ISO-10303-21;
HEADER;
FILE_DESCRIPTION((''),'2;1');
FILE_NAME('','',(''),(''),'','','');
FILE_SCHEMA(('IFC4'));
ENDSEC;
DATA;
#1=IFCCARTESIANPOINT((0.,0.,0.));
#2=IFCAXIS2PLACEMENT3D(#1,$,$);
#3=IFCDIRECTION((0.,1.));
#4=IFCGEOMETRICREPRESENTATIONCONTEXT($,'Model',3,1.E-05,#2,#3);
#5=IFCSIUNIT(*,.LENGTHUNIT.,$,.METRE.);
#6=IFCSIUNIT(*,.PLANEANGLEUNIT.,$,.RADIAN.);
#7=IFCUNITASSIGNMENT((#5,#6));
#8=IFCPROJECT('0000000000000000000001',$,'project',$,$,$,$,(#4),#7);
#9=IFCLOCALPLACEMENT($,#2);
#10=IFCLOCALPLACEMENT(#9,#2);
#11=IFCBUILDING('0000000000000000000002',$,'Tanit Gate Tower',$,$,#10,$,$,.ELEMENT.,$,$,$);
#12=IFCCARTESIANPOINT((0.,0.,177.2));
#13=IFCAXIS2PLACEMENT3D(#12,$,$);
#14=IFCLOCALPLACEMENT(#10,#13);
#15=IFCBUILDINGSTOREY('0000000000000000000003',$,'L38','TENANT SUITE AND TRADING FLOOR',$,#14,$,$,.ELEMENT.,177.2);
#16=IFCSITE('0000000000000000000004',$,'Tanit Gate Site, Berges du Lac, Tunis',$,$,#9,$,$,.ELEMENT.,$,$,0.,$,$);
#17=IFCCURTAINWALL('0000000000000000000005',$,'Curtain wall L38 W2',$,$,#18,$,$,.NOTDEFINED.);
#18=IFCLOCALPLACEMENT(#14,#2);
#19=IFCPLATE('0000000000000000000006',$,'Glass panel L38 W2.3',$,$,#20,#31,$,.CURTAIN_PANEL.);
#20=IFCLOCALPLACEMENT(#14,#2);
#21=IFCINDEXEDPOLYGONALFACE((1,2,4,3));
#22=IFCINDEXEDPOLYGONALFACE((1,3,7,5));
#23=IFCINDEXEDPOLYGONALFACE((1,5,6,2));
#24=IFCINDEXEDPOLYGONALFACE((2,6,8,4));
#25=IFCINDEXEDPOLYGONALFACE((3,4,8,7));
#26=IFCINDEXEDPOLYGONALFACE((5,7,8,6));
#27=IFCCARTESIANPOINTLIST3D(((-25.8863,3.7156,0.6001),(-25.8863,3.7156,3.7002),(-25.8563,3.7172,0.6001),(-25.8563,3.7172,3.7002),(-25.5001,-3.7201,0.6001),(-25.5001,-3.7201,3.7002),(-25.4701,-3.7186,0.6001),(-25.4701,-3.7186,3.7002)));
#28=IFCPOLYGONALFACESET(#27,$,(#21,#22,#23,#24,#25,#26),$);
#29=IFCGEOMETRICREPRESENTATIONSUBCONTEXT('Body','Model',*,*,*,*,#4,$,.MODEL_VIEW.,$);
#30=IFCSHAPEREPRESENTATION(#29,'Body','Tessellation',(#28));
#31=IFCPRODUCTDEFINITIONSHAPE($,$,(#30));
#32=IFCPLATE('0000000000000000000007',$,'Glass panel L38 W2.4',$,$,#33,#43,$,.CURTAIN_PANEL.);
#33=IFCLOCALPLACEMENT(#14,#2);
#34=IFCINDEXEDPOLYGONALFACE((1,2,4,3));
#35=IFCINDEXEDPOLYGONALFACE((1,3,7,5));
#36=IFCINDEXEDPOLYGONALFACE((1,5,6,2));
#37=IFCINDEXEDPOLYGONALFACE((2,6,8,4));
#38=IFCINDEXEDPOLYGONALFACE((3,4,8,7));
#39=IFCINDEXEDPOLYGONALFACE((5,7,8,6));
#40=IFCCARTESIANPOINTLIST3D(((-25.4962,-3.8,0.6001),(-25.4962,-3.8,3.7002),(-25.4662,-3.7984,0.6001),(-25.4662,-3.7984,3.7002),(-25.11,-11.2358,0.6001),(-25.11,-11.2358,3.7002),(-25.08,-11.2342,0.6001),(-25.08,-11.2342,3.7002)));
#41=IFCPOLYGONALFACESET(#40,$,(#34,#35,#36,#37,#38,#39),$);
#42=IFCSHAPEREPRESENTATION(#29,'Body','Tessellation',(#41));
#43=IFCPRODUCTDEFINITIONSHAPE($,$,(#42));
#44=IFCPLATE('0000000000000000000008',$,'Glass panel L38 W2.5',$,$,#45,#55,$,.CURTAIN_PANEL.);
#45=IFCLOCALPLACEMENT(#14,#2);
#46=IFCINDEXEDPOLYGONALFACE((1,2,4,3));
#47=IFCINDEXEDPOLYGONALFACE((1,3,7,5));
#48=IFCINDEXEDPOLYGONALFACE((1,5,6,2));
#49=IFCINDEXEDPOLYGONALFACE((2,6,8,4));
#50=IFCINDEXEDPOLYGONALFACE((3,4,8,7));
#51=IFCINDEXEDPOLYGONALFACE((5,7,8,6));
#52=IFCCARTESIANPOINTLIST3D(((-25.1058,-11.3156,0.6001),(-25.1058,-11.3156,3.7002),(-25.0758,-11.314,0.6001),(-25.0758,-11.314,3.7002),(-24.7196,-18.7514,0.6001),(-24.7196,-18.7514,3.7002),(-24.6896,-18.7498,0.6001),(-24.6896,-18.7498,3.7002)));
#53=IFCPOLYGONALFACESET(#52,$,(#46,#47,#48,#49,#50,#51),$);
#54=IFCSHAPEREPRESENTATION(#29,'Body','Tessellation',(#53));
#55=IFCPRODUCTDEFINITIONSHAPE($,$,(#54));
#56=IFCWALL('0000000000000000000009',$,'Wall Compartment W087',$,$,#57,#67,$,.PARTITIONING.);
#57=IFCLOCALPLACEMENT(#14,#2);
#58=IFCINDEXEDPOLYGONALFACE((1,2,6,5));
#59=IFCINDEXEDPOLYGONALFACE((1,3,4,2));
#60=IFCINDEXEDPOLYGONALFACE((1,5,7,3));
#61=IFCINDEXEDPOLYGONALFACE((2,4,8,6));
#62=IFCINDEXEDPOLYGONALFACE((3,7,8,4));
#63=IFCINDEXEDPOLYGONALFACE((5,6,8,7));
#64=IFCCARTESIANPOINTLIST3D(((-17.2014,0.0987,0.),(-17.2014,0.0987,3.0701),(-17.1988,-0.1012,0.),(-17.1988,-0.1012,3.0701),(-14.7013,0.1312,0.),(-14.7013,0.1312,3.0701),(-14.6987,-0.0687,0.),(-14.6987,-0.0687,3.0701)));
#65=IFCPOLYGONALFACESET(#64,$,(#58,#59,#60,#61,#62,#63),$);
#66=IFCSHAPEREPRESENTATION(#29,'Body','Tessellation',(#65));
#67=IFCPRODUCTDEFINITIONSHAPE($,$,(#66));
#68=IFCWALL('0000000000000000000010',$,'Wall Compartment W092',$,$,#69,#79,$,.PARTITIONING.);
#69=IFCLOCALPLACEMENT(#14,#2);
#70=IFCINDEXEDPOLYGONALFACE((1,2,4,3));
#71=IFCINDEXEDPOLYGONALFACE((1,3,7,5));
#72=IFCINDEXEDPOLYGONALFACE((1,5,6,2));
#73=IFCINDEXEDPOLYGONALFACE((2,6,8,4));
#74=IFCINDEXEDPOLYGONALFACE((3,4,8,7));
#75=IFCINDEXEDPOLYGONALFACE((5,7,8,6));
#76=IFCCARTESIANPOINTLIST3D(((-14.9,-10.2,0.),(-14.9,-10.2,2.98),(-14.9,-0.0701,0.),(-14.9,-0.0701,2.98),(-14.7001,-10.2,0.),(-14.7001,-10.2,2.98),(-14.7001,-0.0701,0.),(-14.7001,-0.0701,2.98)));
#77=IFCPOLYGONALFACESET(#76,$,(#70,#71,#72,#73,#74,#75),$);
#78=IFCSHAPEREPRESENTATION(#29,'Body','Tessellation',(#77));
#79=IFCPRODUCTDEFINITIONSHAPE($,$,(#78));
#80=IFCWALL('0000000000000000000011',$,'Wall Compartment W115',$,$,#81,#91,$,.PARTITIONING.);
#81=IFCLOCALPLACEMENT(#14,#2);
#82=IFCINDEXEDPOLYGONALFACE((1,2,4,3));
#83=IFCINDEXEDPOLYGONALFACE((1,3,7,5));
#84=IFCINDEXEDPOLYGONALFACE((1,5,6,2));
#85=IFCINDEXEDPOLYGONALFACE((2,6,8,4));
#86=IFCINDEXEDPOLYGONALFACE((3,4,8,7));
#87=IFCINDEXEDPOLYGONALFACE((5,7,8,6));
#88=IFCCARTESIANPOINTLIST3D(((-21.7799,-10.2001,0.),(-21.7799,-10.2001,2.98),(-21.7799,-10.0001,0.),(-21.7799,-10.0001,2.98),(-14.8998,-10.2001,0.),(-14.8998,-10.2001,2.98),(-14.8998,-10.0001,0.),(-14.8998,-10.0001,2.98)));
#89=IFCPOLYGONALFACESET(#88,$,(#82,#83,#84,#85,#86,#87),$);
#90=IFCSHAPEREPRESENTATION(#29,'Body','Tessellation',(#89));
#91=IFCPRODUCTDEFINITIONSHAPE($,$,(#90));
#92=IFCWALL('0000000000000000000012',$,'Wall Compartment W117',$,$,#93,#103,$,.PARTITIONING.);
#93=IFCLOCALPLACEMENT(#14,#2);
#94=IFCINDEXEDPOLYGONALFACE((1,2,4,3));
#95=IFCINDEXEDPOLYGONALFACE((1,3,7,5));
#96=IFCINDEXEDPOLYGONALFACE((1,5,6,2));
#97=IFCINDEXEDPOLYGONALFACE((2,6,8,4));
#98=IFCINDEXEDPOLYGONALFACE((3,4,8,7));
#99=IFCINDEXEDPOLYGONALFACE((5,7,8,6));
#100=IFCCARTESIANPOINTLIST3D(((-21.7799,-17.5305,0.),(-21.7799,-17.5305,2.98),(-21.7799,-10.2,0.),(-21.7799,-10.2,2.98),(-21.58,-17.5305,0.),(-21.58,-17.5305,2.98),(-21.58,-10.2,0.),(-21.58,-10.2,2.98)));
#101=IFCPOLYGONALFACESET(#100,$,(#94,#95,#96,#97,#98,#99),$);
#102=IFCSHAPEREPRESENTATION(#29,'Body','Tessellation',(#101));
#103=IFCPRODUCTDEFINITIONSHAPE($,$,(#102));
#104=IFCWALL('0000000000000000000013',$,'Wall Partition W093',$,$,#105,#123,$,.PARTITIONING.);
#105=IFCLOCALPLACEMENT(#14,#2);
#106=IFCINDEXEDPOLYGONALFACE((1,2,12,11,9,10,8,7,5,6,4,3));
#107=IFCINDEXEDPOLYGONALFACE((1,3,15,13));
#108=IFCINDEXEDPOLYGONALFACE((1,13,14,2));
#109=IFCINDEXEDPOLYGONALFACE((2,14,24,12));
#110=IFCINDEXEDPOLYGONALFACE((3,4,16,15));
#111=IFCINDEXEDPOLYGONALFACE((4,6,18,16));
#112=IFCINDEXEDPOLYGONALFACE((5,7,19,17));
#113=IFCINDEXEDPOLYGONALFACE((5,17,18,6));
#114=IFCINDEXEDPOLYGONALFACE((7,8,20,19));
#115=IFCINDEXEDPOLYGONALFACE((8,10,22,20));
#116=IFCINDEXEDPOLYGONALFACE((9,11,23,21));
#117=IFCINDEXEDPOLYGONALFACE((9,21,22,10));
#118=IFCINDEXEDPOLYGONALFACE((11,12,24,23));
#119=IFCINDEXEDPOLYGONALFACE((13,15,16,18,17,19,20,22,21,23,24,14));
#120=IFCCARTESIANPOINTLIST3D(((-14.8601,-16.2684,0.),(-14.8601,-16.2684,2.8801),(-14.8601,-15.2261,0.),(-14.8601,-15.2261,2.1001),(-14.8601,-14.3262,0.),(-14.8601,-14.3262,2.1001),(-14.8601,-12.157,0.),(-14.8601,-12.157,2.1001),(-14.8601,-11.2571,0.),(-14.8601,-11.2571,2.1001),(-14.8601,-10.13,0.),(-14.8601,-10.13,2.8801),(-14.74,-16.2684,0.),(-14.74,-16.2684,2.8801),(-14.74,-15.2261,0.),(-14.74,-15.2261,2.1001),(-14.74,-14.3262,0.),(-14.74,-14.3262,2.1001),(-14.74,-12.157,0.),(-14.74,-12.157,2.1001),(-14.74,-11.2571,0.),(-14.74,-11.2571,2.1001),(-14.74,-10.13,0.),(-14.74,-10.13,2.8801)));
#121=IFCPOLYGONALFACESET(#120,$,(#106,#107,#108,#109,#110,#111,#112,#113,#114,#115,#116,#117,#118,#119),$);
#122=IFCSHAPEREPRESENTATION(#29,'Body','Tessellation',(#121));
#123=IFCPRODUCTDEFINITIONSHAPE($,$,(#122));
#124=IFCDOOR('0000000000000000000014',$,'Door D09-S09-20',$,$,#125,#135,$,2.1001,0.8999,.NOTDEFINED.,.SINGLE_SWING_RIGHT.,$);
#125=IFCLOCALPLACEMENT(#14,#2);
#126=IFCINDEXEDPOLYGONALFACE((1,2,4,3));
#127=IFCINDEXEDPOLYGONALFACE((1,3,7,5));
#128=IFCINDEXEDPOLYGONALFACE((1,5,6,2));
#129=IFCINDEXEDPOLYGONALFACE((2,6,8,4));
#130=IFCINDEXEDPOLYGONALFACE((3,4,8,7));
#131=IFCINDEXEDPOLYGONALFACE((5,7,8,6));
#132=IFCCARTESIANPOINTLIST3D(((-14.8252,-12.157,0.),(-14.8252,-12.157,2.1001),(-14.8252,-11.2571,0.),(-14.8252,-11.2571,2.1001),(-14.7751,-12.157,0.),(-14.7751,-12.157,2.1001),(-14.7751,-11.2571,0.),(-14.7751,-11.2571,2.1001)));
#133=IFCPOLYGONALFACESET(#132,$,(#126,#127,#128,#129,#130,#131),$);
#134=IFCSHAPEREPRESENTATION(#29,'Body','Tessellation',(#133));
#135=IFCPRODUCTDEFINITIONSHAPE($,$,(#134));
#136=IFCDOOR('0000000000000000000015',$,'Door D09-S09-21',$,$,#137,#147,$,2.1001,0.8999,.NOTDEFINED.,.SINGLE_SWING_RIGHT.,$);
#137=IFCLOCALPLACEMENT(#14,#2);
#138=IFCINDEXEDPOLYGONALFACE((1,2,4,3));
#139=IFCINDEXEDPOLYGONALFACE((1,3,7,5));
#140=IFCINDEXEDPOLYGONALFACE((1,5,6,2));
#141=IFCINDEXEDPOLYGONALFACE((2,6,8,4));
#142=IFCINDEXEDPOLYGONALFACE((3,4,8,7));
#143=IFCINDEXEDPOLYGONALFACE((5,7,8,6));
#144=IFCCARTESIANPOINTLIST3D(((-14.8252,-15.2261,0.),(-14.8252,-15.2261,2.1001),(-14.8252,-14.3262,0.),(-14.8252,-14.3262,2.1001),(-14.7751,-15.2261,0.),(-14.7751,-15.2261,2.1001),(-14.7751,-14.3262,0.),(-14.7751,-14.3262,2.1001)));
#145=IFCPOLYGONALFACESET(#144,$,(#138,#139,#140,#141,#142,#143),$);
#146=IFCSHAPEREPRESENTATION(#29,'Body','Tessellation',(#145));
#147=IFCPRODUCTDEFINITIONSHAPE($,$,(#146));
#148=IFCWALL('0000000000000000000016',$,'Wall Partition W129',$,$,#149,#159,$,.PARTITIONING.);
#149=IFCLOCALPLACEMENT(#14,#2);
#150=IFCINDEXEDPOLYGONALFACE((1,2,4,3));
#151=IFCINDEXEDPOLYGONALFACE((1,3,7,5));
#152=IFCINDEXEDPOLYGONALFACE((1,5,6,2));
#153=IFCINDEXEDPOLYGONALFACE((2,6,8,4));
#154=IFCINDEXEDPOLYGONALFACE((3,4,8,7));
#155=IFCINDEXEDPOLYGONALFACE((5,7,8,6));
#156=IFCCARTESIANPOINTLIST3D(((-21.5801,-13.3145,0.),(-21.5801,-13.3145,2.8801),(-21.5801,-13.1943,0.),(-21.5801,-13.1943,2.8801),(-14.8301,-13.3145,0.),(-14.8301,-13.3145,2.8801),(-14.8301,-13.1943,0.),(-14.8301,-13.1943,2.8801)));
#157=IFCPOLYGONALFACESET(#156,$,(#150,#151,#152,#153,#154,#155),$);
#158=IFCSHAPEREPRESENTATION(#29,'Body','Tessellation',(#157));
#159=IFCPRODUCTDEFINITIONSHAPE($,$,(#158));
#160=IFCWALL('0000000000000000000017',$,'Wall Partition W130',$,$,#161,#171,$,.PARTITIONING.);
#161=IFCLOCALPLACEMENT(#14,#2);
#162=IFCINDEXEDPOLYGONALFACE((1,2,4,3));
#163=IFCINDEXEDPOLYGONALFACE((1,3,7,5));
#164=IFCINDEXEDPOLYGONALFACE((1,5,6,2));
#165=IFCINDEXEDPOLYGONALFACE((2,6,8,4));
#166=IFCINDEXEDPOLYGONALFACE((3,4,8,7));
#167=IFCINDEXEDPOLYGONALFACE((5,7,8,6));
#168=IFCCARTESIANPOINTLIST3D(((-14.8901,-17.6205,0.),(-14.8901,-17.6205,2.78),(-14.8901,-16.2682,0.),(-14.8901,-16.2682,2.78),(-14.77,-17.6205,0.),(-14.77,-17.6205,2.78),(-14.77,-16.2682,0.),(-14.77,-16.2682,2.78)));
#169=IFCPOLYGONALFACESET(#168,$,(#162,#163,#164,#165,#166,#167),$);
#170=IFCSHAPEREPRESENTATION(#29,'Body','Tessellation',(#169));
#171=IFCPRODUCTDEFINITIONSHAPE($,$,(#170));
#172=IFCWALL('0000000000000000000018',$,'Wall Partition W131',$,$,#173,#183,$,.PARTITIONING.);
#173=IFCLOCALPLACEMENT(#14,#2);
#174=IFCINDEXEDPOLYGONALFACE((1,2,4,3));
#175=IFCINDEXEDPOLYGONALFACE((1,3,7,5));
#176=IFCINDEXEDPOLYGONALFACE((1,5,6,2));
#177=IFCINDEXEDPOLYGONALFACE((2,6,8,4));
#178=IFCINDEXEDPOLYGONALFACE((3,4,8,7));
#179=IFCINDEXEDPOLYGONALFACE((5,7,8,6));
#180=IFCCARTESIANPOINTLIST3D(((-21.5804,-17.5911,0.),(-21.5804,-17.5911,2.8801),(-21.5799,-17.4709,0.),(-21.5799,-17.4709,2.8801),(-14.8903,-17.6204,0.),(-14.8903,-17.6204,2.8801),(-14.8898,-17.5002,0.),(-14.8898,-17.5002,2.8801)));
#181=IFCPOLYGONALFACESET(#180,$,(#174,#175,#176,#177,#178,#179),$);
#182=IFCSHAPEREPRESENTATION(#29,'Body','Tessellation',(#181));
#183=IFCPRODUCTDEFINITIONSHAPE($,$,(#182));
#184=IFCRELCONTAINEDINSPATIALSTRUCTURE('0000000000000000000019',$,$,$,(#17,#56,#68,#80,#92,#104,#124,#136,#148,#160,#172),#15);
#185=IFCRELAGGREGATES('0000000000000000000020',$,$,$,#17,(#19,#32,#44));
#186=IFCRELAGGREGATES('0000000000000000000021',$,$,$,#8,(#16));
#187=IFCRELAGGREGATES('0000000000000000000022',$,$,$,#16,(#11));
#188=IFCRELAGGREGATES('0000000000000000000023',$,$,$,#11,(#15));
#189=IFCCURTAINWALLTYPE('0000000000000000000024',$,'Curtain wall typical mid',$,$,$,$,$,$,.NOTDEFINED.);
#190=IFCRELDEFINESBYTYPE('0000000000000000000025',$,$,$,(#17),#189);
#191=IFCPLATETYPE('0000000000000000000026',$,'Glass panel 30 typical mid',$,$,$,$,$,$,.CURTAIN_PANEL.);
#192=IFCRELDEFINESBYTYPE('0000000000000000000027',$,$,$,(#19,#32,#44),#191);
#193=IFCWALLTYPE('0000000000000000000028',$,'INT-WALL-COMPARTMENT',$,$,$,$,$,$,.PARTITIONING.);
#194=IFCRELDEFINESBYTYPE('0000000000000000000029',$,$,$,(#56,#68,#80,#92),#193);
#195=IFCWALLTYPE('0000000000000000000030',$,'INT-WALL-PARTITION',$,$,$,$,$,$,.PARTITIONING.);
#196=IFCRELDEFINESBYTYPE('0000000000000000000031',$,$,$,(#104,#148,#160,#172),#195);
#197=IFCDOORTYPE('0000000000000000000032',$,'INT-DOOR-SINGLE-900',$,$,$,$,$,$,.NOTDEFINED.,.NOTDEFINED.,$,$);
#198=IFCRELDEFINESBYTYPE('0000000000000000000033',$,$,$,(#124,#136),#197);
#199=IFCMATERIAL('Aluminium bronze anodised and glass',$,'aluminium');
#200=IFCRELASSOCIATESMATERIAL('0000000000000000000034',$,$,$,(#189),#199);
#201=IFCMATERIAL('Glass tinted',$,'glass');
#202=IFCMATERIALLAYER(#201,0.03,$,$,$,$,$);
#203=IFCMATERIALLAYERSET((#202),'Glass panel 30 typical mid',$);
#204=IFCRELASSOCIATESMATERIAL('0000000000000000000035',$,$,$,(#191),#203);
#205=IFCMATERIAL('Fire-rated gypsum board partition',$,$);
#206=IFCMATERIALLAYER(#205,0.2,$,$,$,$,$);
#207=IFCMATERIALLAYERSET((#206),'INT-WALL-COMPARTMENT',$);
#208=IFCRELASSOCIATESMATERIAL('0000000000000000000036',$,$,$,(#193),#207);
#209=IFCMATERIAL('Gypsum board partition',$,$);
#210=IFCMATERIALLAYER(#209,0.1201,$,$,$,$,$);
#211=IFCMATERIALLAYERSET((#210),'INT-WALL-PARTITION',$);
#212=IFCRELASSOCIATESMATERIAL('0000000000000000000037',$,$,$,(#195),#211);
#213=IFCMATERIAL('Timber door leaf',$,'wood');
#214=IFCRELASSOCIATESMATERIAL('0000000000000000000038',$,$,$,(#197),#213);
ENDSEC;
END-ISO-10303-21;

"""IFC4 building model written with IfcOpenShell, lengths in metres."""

from ifc_helpers import new_model, si_unit, direction, frame, frame_2d, origin, origin_2d, place, context, subcontext, project, spatial, rectangle, extrude, material, layer, layer_set, type_object, element, fill, aggregate, save


model = new_model("IFC4")

# Units and contexts
model_context = context("Model", 3, precision=1e-05, world=origin(), true_north=direction((0.0, 1.0)))
body_context = subcontext(model_context, "Body", "Model", "MODEL_VIEW")
ifc_project = project(units=[si_unit("LENGTHUNIT", "METRE"), si_unit("PLANEANGLEUNIT", "RADIAN")], contexts=[model_context])

# Site, building, storey
site_placement = place(None, origin())
site = spatial("IfcSite", under=ifc_project, at=site_placement, Name="Tanit Gate Site, Berges du Lac, Tunis", CompositionType="ELEMENT", RefElevation=0.0)
building_placement = place(site_placement, origin())
building = spatial("IfcBuilding", under=site, at=building_placement, Name="Tanit Gate Tower", CompositionType="ELEMENT")
storey_placement = place(building_placement, frame((0.0, 0.0, 177.2)))
storey = spatial("IfcBuildingStorey", under=building, at=storey_placement, Name="L38", Description="TENANT SUITE AND TRADING FLOOR", CompositionType="ELEMENT", Elevation=177.2)

# Curtain wall
ifc_material_1 = material(Name="Aluminium bronze anodised and glass", Category="aluminium")
curtain_wall_type = type_object("IfcCurtainWallType", Name="Curtain wall typical mid", PredefinedType="NOTDEFINED", material=ifc_material_1)
curtain_wall_placement = place(storey_placement, origin())
curtain_wall = element("IfcCurtainWall", 1, at=curtain_wall_placement, inside=storey, type_object=curtain_wall_type, Name="Curtain wall L38 W2", PredefinedType="NOTDEFINED")

# Plates
ifc_material_2 = material(Name="Glass tinted", Category="glass")
ifc_layer_1 = layer(ifc_material_2, 0.03)
ifc_layer_set_1 = layer_set([ifc_layer_1], Name="Glass panel 30 typical mid")
plate_type = type_object("IfcPlateType", Name="Glass panel 30 typical mid", PredefinedType="CURTAIN_PANEL", material=ifc_layer_set_1)
plate_1_placement = place(storey_placement, frame((-25.6782, -0.0015, 0.6001), z_axis=(0.0, 0.0, 1.0), x_axis=(0.051865, -0.998654, 0.0)))
plate_1 = element("IfcPlate", 2, at=plate_1_placement, type_object=plate_type, Name="Glass panel L38 W2.3", PredefinedType="CURTAIN_PANEL", context=body_context, shape_type="SweptSolid", body=[
    extrude(rectangle(XDim=7.4458, YDim=0.03, at=origin_2d()), origin(), (0.0, 0.0, 1.0), 3.1001),
])
plate_2_placement = place(storey_placement, frame((-25.2881, -7.5171, 0.6001), z_axis=(0.0, 0.0, 1.0), x_axis=(0.051865, -0.998654, 0.0)))
plate_2 = element("IfcPlate", 3, at=plate_2_placement, type_object=plate_type, Name="Glass panel L38 W2.4", PredefinedType="CURTAIN_PANEL", context=body_context, shape_type="SweptSolid", body=[
    extrude(rectangle(XDim=7.4458, YDim=0.03, at=origin_2d()), origin(), (0.0, 0.0, 1.0), 3.1001),
])
plate_3_placement = place(storey_placement, frame((-24.8977, -15.0327, 0.6001), z_axis=(0.0, 0.0, 1.0), x_axis=(0.051865, -0.998654, 0.0)))
plate_3 = element("IfcPlate", 4, at=plate_3_placement, type_object=plate_type, Name="Glass panel L38 W2.5", PredefinedType="CURTAIN_PANEL", context=body_context, shape_type="SweptSolid", body=[
    extrude(rectangle(XDim=7.4458, YDim=0.03, at=origin_2d()), origin(), (0.0, 0.0, 1.0), 3.1001),
])
aggregate(curtain_wall, [plate_1, plate_2, plate_3])

# Walls
ifc_material_3 = material(Name="Fire-rated gypsum board partition")
ifc_layer_2 = layer(ifc_material_3, 0.2)
ifc_layer_set_2 = layer_set([ifc_layer_2], Name="INT-WALL-COMPARTMENT")
wall_type_1 = type_object("IfcWallType", Name="INT-WALL-COMPARTMENT", PredefinedType="PARTITIONING", material=ifc_layer_set_2)
wall_1_placement = place(storey_placement, frame((-17.2, -0.0012, 0.0), z_axis=(0.0, 0.0, 1.0), x_axis=(0.999916, 0.012987, 0.0)))
element("IfcWall", 5, at=wall_1_placement, inside=storey, type_object=wall_type_1, Name="Wall Compartment W087", PredefinedType="PARTITIONING", context=body_context, shape_type="SweptSolid", body=[
    extrude(rectangle(XDim=2.5002, YDim=0.2, at=frame_2d((1.25, 0.0))), origin(), (0.0, 0.0, 1.0), 3.0701),
])
wall_2_placement = place(storey_placement, frame((-14.8, -0.0701, 0.0), z_axis=(0.0, 0.0, 1.0), x_axis=(0.0, -1.0, 0.0)))
element("IfcWall", 6, at=wall_2_placement, inside=storey, type_object=wall_type_1, Name="Wall Compartment W092", PredefinedType="PARTITIONING", context=body_context, shape_type="SweptSolid", body=[
    extrude(rectangle(XDim=10.1299, YDim=0.2, at=frame_2d((5.0649, 0.0))), origin(), (0.0, 0.0, 1.0), 2.98),
])
wall_3_placement = place(storey_placement, frame((-14.8999, -10.1001, 0.0), z_axis=(0.0, 0.0, 1.0), x_axis=(-1.0, 0.0, 0.0)))
element("IfcWall", 7, at=wall_3_placement, inside=storey, type_object=wall_type_1, Name="Wall Compartment W115", PredefinedType="PARTITIONING", context=body_context, shape_type="SweptSolid", body=[
    extrude(rectangle(XDim=6.8801, YDim=0.2, at=frame_2d((3.4399, 0.0))), origin(), (0.0, 0.0, 1.0), 2.98),
])
wall_4_placement = place(storey_placement, frame((-21.6799, -17.5305, 0.0), z_axis=(0.0, 0.0, 1.0), x_axis=(0.0, 1.0, 0.0)))
element("IfcWall", 8, at=wall_4_placement, inside=storey, type_object=wall_type_1, Name="Wall Compartment W117", PredefinedType="PARTITIONING", context=body_context, shape_type="SweptSolid", body=[
    extrude(rectangle(XDim=7.3306, YDim=0.2, at=frame_2d((3.6653, 0.0))), origin(), (0.0, 0.0, 1.0), 2.98),
])

# Wall, openings, doors
ifc_material_4 = material(Name="Gypsum board partition")
ifc_layer_3 = layer(ifc_material_4, 0.1201)
ifc_layer_set_3 = layer_set([ifc_layer_3], Name="INT-WALL-PARTITION")
wall_type_2 = type_object("IfcWallType", Name="INT-WALL-PARTITION", PredefinedType="PARTITIONING", material=ifc_layer_set_3)
wall_5_placement = place(storey_placement, frame((-14.8, -10.1299, 0.0), z_axis=(0.0, 0.0, 1.0), x_axis=(0.0, -1.0, 0.0)))
wall_5 = element("IfcWall", 9, at=wall_5_placement, inside=storey, type_object=wall_type_2, Name="Wall Partition W093", PredefinedType="PARTITIONING", context=body_context, shape_type="SweptSolid", body=[
    extrude(rectangle(XDim=6.1384, YDim=0.1201, at=frame_2d((3.0693, 0.0))), origin(), (0.0, 0.0, 1.0), 2.8801),
])
opening_1_placement = place(wall_5_placement, frame((1.1272, 0.0, 0.0)))
opening_1 = element("IfcOpeningElement", 10, at=opening_1_placement, cuts=wall_5, PredefinedType="OPENING", context=body_context, shape_type="SweptSolid", body=[
    extrude(rectangle(XDim=0.8999, YDim=2.1001, at=frame_2d((0.45, 1.05))), frame((0.0, 0.0701, 0.0), z_axis=(0.0, -1.0, 0.0), x_axis=(1.0, 0.0, 0.0)), (0.0, 0.0, 1.0), 0.1401),
])
opening_2_placement = place(wall_5_placement, frame((4.1963, 0.0, 0.0)))
opening_2 = element("IfcOpeningElement", 11, at=opening_2_placement, cuts=wall_5, PredefinedType="OPENING", context=body_context, shape_type="SweptSolid", body=[
    extrude(rectangle(XDim=0.8999, YDim=2.1001, at=frame_2d((0.45, 1.05))), frame((0.0, 0.0701, 0.0), z_axis=(0.0, -1.0, 0.0), x_axis=(1.0, 0.0, 0.0)), (0.0, 0.0, 1.0), 0.1401),
])
ifc_material_5 = material(Name="Timber door leaf", Category="wood")
door_type = type_object("IfcDoorType", Name="INT-DOOR-SINGLE-900", OperationType="NOTDEFINED", PredefinedType="NOTDEFINED", material=ifc_material_5)
door_1_placement = place(opening_1_placement, origin())
door_1 = element("IfcDoor", 12, at=door_1_placement, inside=storey, type_object=door_type, Name="Door D09-S09-20", OperationType="SINGLE_SWING_RIGHT", OverallHeight=2.1001, OverallWidth=0.8999, PredefinedType="NOTDEFINED", context=body_context, shape_type="SweptSolid", body=[
    extrude(rectangle(XDim=0.8999, YDim=2.1001, at=frame_2d((0.45, 1.05))), frame((0.0, 0.0249, 0.0), z_axis=(0.0, -1.0, 0.0), x_axis=(1.0, 0.0, 0.0)), (0.0, 0.0, 1.0), 0.05),
])
fill(opening_1, door_1)
door_2_placement = place(opening_2_placement, origin())
door_2 = element("IfcDoor", 13, at=door_2_placement, inside=storey, type_object=door_type, Name="Door D09-S09-21", OperationType="SINGLE_SWING_RIGHT", OverallHeight=2.1001, OverallWidth=0.8999, PredefinedType="NOTDEFINED", context=body_context, shape_type="SweptSolid", body=[
    extrude(rectangle(XDim=0.8999, YDim=2.1001, at=frame_2d((0.45, 1.05))), frame((0.0, 0.0249, 0.0), z_axis=(0.0, -1.0, 0.0), x_axis=(1.0, 0.0, 0.0)), (0.0, 0.0, 1.0), 0.05),
])
fill(opening_2, door_2)

# Walls
wall_6_placement = place(storey_placement, frame((-14.8301, -13.2544, 0.0), z_axis=(0.0, 0.0, 1.0), x_axis=(-1.0, 0.0, 0.0)))
element("IfcWall", 14, at=wall_6_placement, inside=storey, type_object=wall_type_2, Name="Wall Partition W129", PredefinedType="PARTITIONING", context=body_context, shape_type="SweptSolid", body=[
    extrude(rectangle(XDim=6.75, YDim=0.1201, at=frame_2d((3.375, 0.0))), origin(), (0.0, 0.0, 1.0), 2.8801),
])
wall_7_placement = place(storey_placement, frame((-14.8301, -17.6206, 0.0), z_axis=(0.0, 0.0, 1.0), x_axis=(0.0, 1.0, 0.0)))
element("IfcWall", 15, at=wall_7_placement, inside=storey, type_object=wall_type_2, Name="Wall Partition W130", PredefinedType="PARTITIONING", context=body_context, shape_type="SweptSolid", body=[
    extrude(rectangle(XDim=1.3523, YDim=0.1201, at=frame_2d((0.6763, 0.0))), origin(), (0.0, 0.0, 1.0), 2.78),
])
wall_8_placement = place(storey_placement, frame((-14.8899, -17.5603, 0.0), z_axis=(0.0, 0.0, 1.0), x_axis=(-0.99999, 0.004379, 0.0)))
element("IfcWall", 16, at=wall_8_placement, inside=storey, type_object=wall_type_2, Name="Wall Partition W131", PredefinedType="PARTITIONING", context=body_context, shape_type="SweptSolid", body=[
    extrude(rectangle(XDim=6.6902, YDim=0.1201, at=frame_2d((3.3452, 0.0))), origin(), (0.0, 0.0, 1.0), 2.8801),
])

save(model, "model.ifc")
